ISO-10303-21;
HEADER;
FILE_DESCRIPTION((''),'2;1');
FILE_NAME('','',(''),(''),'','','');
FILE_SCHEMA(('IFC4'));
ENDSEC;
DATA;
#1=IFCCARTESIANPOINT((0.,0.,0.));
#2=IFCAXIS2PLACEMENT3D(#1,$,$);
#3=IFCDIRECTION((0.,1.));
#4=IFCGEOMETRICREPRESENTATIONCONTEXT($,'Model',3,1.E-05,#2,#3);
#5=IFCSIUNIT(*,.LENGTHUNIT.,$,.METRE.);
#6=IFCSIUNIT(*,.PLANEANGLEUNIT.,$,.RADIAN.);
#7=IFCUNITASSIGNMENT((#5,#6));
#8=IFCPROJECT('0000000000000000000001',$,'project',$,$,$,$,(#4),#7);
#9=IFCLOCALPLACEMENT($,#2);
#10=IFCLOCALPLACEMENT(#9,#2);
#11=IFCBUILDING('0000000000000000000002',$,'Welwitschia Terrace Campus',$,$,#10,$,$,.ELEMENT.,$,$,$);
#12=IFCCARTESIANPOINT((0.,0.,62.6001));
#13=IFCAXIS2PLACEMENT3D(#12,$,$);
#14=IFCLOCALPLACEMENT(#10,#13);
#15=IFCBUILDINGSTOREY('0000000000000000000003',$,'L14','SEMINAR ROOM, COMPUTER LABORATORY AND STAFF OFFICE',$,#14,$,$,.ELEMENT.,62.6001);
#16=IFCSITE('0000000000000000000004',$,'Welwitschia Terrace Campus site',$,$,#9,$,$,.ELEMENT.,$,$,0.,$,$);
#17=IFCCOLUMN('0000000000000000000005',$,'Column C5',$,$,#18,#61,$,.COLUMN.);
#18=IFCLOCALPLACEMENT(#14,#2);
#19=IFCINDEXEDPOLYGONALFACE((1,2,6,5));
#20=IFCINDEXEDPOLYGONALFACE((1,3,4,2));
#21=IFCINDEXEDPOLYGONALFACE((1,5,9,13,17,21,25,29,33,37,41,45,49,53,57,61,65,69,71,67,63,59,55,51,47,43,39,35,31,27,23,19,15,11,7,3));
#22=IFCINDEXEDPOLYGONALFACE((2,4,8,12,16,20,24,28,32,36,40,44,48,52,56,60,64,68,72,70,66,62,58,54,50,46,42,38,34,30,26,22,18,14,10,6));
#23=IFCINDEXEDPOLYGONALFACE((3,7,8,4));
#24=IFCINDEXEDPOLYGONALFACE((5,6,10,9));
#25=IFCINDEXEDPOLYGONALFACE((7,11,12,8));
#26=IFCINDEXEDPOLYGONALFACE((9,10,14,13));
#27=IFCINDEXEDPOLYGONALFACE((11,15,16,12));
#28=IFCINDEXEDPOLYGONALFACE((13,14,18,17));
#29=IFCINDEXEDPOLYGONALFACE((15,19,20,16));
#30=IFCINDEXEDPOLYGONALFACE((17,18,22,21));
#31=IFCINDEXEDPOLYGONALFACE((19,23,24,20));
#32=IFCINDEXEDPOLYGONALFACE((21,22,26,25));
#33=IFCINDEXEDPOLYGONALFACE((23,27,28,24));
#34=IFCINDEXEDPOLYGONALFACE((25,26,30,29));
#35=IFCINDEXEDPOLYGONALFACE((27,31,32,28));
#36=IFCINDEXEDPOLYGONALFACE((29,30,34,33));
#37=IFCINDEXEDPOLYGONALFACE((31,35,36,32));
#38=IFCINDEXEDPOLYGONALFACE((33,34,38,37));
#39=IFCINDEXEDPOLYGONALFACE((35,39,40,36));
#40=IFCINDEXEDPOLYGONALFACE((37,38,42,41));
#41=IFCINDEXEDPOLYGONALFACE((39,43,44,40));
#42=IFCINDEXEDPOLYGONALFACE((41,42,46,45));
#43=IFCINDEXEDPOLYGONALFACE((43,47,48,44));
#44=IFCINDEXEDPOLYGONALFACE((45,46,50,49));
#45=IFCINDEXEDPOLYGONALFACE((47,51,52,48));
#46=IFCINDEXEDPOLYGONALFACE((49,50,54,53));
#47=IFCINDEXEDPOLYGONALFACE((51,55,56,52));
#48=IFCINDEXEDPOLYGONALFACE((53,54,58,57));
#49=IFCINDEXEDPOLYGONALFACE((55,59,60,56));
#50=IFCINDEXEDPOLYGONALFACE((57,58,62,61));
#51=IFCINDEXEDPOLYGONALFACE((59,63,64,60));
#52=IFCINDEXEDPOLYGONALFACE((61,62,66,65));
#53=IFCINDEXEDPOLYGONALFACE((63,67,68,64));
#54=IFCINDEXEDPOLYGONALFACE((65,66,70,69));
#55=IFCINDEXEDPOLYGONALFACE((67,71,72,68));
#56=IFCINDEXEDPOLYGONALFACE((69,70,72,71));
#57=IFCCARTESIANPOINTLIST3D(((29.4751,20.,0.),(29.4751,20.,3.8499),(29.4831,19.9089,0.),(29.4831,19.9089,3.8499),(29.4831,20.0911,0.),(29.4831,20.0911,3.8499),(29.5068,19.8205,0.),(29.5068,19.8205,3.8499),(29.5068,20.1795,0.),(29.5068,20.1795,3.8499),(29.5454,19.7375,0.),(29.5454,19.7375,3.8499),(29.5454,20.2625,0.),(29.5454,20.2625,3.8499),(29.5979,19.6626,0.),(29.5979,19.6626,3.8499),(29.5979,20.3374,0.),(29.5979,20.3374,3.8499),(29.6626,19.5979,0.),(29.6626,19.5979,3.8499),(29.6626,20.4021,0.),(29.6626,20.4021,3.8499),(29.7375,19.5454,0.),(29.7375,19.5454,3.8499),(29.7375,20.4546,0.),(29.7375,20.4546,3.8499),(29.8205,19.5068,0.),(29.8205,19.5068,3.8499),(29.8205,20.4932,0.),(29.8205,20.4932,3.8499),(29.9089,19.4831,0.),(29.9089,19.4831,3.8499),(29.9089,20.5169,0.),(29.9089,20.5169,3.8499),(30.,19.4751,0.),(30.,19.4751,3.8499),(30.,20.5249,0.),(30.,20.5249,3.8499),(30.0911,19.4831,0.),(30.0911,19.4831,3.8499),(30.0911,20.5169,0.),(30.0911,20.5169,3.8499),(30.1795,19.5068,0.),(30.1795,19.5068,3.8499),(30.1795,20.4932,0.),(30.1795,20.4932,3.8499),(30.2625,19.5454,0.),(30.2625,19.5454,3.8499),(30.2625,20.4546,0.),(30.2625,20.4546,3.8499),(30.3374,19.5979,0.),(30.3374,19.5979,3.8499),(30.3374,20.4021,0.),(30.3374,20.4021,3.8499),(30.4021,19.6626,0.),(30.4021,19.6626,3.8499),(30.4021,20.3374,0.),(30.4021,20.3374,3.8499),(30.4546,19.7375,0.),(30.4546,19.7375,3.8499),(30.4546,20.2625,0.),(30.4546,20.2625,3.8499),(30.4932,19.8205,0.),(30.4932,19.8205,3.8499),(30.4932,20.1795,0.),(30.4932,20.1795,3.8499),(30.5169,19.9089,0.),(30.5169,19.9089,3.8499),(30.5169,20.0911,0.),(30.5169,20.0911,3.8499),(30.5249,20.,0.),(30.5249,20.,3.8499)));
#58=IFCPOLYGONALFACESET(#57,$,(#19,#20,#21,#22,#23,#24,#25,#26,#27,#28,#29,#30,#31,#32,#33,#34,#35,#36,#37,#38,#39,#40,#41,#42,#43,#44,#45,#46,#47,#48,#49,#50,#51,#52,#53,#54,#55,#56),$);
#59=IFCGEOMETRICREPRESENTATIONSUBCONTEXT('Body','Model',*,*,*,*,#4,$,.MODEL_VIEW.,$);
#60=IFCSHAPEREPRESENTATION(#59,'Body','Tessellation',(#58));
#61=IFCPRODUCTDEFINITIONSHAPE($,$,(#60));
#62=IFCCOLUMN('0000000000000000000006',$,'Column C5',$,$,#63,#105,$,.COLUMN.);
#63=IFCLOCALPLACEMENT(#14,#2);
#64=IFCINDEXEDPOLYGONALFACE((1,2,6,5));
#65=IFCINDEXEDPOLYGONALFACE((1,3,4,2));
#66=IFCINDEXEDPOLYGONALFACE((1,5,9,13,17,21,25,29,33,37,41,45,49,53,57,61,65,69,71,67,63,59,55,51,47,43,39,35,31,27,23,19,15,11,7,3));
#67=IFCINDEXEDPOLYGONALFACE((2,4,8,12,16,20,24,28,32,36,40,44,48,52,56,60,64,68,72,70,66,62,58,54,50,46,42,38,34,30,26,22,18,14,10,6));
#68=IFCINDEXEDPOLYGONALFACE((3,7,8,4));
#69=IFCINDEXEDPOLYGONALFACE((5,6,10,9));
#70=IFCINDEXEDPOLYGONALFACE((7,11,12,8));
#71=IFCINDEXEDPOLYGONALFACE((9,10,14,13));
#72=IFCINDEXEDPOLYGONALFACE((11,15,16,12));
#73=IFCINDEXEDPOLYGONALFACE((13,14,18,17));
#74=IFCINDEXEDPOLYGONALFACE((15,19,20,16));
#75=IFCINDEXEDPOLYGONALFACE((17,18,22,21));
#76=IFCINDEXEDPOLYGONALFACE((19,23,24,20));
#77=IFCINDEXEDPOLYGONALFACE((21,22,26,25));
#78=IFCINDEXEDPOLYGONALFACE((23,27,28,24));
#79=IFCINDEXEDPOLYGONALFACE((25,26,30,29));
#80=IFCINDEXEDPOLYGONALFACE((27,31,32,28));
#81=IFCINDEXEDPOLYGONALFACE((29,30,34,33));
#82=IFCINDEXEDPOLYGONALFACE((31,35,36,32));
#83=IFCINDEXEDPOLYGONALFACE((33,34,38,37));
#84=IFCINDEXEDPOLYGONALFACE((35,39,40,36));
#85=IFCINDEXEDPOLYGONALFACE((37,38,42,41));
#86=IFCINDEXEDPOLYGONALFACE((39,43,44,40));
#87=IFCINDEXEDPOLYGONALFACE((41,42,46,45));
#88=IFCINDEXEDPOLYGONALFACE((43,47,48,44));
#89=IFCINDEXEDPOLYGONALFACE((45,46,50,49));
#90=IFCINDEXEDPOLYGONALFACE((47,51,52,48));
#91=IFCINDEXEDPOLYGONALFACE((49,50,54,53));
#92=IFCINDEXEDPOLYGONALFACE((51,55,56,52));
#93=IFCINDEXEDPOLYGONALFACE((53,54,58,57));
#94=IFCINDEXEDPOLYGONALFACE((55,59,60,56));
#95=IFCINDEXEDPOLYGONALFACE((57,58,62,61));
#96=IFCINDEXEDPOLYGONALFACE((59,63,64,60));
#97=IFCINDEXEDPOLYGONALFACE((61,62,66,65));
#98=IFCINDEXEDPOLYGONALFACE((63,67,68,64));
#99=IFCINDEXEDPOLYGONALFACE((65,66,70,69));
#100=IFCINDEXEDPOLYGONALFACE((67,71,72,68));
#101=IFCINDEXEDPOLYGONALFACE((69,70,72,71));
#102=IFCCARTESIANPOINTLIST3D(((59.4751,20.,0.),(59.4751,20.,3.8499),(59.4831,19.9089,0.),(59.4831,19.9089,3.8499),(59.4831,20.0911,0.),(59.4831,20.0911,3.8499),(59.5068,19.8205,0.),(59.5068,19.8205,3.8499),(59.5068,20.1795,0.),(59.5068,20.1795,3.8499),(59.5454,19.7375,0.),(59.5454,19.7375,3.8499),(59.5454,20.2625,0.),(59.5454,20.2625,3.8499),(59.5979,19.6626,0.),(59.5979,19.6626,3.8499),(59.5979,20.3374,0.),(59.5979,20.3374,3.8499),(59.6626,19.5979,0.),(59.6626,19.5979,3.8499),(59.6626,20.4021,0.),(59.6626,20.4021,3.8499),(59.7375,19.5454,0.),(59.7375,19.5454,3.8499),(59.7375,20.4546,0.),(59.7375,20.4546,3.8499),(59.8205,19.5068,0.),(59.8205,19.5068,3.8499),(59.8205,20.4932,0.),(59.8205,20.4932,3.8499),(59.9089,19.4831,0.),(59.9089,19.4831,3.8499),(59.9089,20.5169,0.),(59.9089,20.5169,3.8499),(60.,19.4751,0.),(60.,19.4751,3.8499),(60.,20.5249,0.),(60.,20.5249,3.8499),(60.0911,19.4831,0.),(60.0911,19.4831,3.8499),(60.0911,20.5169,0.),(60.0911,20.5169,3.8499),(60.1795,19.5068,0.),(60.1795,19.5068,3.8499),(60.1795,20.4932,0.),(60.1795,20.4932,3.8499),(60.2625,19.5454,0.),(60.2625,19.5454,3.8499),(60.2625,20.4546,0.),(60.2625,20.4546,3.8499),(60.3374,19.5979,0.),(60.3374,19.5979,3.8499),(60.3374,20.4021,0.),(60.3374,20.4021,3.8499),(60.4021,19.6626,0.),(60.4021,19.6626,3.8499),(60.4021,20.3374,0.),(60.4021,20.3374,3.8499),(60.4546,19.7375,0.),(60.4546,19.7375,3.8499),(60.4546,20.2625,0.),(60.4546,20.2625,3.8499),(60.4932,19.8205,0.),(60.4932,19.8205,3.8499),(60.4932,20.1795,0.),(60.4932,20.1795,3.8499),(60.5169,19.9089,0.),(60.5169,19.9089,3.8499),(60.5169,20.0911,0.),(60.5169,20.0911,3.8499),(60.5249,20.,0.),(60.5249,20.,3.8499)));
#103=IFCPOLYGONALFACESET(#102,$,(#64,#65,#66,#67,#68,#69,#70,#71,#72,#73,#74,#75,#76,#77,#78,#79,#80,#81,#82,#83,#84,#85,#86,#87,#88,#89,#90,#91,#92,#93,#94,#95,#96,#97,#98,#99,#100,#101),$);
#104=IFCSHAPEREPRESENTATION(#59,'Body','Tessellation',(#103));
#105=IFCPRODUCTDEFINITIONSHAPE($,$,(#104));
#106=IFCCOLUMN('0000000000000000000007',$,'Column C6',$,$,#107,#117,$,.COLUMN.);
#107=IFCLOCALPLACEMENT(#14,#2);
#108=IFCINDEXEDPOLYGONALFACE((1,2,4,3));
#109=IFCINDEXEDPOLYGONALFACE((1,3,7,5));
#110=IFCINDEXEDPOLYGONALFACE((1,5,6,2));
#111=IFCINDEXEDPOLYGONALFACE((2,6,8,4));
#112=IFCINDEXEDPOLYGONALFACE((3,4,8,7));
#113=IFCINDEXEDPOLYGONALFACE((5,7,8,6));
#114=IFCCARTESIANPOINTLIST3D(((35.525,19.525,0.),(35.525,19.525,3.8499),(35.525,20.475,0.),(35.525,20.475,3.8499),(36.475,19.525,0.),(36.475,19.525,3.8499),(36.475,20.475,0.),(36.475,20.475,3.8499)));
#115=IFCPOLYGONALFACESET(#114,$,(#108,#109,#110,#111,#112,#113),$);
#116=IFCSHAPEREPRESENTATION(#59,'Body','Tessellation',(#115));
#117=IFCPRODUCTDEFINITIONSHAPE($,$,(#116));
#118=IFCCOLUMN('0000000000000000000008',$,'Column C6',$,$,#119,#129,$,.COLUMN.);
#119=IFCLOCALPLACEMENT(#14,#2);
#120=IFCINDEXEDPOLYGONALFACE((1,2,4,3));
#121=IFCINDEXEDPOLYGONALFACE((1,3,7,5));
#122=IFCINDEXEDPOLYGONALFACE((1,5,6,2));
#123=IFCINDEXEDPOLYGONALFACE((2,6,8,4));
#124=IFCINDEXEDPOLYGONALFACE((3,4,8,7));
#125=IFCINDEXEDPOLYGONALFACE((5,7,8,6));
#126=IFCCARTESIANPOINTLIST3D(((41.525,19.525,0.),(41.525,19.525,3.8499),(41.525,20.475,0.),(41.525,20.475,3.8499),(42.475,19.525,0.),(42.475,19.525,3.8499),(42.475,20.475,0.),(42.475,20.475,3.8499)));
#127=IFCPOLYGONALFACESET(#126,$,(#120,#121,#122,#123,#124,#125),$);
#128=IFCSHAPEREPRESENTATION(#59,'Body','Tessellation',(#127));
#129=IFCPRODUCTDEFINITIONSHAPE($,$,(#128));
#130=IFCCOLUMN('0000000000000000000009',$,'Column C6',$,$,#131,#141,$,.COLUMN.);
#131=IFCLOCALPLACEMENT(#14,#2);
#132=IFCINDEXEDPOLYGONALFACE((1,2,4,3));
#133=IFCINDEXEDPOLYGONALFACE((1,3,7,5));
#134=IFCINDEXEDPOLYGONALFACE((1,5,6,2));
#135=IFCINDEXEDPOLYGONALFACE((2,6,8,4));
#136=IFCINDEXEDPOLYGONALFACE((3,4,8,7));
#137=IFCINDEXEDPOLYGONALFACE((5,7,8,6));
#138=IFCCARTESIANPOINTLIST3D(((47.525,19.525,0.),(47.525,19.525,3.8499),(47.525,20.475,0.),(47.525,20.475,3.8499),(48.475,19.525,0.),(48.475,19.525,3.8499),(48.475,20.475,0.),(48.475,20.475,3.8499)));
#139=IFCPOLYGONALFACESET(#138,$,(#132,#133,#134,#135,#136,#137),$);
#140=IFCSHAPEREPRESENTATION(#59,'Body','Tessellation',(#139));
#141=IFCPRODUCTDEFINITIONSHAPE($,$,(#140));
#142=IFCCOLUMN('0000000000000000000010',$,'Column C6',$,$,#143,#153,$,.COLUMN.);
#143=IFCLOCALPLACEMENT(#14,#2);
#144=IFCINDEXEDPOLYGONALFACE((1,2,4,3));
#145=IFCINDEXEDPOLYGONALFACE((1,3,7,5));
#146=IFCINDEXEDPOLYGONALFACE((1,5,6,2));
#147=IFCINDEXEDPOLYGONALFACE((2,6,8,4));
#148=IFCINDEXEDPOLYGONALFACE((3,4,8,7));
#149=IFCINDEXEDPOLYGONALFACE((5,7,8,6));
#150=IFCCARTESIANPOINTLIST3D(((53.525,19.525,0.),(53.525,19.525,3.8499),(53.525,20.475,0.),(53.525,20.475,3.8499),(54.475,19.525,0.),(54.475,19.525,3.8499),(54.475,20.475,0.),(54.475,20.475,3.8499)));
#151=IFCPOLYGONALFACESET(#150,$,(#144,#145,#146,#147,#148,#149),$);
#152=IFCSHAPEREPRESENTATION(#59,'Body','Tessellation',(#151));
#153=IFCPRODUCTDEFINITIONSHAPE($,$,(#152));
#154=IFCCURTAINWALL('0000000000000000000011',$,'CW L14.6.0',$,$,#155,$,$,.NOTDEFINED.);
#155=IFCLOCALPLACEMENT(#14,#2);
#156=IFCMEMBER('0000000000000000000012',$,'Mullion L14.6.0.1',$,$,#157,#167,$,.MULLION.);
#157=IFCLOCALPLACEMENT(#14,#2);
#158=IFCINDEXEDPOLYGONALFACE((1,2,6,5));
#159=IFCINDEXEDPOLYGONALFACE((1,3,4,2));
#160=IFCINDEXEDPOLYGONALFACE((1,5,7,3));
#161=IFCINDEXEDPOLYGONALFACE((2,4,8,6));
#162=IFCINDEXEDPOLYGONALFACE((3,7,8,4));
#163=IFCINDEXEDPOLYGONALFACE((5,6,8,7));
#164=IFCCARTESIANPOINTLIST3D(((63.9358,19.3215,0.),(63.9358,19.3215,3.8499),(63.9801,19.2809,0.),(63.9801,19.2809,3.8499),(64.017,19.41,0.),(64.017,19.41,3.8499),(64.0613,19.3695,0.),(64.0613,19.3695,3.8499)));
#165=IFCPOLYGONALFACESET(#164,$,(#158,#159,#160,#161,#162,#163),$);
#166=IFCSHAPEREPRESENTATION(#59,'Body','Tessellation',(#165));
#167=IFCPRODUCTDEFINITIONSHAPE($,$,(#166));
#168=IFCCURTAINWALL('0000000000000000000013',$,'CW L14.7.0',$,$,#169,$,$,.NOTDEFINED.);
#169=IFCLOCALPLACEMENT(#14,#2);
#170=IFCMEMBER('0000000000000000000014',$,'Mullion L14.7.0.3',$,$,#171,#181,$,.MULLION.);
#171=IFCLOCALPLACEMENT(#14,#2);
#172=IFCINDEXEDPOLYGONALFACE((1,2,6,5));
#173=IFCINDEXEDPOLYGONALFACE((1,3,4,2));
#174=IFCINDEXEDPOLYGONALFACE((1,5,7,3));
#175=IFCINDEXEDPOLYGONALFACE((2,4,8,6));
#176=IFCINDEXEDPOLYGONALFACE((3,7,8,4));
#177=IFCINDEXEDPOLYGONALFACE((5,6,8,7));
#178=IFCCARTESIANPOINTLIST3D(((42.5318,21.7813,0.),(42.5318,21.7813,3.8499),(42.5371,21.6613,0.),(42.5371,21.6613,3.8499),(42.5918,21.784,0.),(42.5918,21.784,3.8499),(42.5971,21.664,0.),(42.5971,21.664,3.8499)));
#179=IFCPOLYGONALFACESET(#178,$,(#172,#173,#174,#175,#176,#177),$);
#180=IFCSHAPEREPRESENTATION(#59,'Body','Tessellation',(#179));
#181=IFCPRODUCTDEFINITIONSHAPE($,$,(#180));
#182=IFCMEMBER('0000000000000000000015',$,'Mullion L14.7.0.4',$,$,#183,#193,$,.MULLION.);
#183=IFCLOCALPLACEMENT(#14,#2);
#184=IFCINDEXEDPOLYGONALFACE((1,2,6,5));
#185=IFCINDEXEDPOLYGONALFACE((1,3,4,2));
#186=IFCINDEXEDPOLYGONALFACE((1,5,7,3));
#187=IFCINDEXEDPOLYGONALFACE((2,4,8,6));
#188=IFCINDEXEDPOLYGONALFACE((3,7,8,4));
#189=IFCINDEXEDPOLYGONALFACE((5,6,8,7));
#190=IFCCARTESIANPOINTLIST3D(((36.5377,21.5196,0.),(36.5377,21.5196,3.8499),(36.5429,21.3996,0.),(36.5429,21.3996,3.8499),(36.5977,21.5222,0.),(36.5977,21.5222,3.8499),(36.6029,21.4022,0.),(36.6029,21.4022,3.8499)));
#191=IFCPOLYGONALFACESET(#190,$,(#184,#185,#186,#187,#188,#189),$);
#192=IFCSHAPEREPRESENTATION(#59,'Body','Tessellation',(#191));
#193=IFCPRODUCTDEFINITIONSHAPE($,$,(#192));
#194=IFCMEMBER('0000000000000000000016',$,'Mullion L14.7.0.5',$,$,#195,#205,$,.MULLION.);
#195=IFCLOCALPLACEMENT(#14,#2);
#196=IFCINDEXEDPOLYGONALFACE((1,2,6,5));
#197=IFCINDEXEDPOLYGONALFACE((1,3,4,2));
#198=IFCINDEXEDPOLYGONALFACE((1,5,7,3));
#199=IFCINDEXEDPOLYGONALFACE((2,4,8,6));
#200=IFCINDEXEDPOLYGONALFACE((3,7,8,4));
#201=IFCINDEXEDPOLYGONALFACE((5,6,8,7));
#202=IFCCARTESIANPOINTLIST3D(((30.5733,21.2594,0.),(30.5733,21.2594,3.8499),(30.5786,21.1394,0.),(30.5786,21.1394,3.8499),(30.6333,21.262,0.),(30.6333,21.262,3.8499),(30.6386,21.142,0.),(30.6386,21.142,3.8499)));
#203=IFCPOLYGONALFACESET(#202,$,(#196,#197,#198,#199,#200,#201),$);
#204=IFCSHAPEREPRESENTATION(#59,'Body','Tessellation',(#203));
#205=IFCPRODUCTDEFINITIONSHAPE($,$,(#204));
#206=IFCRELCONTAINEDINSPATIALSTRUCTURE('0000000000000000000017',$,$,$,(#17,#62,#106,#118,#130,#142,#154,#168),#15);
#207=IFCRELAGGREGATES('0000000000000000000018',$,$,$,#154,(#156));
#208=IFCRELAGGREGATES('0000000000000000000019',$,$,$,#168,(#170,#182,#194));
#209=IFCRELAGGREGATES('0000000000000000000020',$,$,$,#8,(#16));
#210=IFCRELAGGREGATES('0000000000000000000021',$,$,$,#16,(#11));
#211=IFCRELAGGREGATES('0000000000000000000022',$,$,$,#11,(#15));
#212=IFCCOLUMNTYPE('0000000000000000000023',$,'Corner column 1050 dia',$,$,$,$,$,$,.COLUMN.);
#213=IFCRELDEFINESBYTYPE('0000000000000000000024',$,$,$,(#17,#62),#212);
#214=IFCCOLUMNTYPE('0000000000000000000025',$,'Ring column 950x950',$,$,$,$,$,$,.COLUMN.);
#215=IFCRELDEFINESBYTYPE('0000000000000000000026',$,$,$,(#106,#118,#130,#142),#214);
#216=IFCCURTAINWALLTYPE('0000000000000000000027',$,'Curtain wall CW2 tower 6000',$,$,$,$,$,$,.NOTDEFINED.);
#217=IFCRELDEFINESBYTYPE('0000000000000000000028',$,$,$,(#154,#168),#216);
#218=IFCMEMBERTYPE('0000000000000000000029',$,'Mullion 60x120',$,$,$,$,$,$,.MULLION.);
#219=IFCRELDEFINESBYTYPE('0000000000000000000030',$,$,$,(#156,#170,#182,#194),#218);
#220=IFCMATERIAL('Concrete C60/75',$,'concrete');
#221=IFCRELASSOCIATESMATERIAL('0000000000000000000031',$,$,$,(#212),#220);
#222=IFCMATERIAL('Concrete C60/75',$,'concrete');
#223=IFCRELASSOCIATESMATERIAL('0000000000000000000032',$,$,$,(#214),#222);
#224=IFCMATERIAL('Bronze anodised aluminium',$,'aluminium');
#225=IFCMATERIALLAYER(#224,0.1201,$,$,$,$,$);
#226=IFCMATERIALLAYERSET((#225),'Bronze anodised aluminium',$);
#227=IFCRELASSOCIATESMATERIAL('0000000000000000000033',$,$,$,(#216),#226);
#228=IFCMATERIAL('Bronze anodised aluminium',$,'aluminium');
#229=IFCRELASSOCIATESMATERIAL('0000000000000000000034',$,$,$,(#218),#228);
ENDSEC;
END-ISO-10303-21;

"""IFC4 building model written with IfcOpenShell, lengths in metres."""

from ifc_helpers import new_model, si_unit, direction, frame, origin, origin_2d, place, context, subcontext, project, spatial, rectangle, circle, extrude, material, layer, layer_set, material_profile, profile_set, type_object, element, aggregate, save


model = new_model("IFC4")

# Units and contexts
model_context = context("Model", 3, precision=1e-05, world=origin(), true_north=direction((0.0, 1.0)))
body_context = subcontext(model_context, "Body", "Model", "MODEL_VIEW")
ifc_project = project(units=[si_unit("LENGTHUNIT", "METRE"), si_unit("PLANEANGLEUNIT", "RADIAN")], contexts=[model_context])

# Site, building, storey
site_placement = place(None, origin())
site = spatial("IfcSite", under=ifc_project, at=site_placement, Name="Welwitschia Terrace Campus site", CompositionType="ELEMENT", RefElevation=0.0)
building_placement = place(site_placement, origin())
building = spatial("IfcBuilding", under=site, at=building_placement, Name="Welwitschia Terrace Campus", CompositionType="ELEMENT")
storey_placement = place(building_placement, frame((0.0, 0.0, 62.6001)))
storey = spatial("IfcBuildingStorey", under=building, at=storey_placement, Name="L14", Description="SEMINAR ROOM, COMPUTER LABORATORY AND STAFF OFFICE", CompositionType="ELEMENT", Elevation=62.6001)

# Columns
ifc_material_1 = material(Name="Concrete C60/75", Category="concrete")
ifc_material_profile_1 = material_profile(ifc_material_1, circle(Radius=0.5249, at=origin_2d()))
ifc_profile_set_1 = profile_set([ifc_material_profile_1], Name="Concrete C60/75")
column_type_1 = type_object("IfcColumnType", Name="Corner column 1050 dia", PredefinedType="COLUMN", material=ifc_profile_set_1)
for number, where, z_axis, x_axis, name in (
    (1, (30.0, 20.0, 0.0), (0.0, 0.0, 1.0), (1.0, 0.0, 0.0), "Column C5"),
    (2, (60.0, 20.0, 0.0), (0.0, 0.0, 1.0), (1.0, 0.0, 0.0), "Column C5"),
):
    element("IfcColumn", number, at=place(storey_placement, frame(where, z_axis=z_axis, x_axis=x_axis)), inside=storey, type_object=column_type_1, Name=name, PredefinedType="COLUMN", context=body_context, shape_type="SweptSolid", body=[
        extrude(circle(Radius=0.5249, at=origin_2d()), origin(), (0.0, 0.0, 1.0), 3.8499),
    ])
ifc_material_2 = material(Name="Concrete C60/75", Category="concrete")
ifc_material_profile_2 = material_profile(ifc_material_2, rectangle(XDim=0.95, YDim=0.95, at=origin_2d()))
ifc_profile_set_2 = profile_set([ifc_material_profile_2], Name="Concrete C60/75")
column_type_2 = type_object("IfcColumnType", Name="Ring column 950x950", PredefinedType="COLUMN", material=ifc_profile_set_2)
for number, where, z_axis, x_axis, name in (
    (3, (36.0, 20.0, 0.0), (0.0, 0.0, 1.0), (1.0, 0.0, 0.0), "Column C6"),
    (4, (42.0, 20.0, 0.0), (0.0, 0.0, 1.0), (1.0, 0.0, 0.0), "Column C6"),
    (5, (48.0, 20.0, 0.0), (0.0, 0.0, 1.0), (1.0, 0.0, 0.0), "Column C6"),
    (6, (54.0, 20.0, 0.0), (0.0, 0.0, 1.0), (1.0, 0.0, 0.0), "Column C6"),
):
    element("IfcColumn", number, at=place(storey_placement, frame(where, z_axis=z_axis, x_axis=x_axis)), inside=storey, type_object=column_type_2, Name=name, PredefinedType="COLUMN", context=body_context, shape_type="SweptSolid", body=[
        extrude(rectangle(XDim=0.95, YDim=0.95, at=origin_2d()), origin(), (0.0, 0.0, 1.0), 3.8499),
    ])

# Curtain wall, member
ifc_material_3 = material(Name="Bronze anodised aluminium", Category="aluminium")
ifc_layer_1 = layer(ifc_material_3, 0.1201)
ifc_layer_set_1 = layer_set([ifc_layer_1], Name="Bronze anodised aluminium")
curtain_wall_type = type_object("IfcCurtainWallType", Name="Curtain wall CW2 tower 6000", PredefinedType="NOTDEFINED", material=ifc_layer_set_1)
curtain_wall_1_placement = place(storey_placement, origin())
curtain_wall_1 = element("IfcCurtainWall", 7, at=curtain_wall_1_placement, inside=storey, type_object=curtain_wall_type, Name="CW L14.6.0", PredefinedType="NOTDEFINED")
ifc_material_4 = material(Name="Bronze anodised aluminium", Category="aluminium")
ifc_material_profile_3 = material_profile(ifc_material_4, rectangle(XDim=0.1201, YDim=0.0601, at=origin_2d()))
ifc_profile_set_3 = profile_set([ifc_material_profile_3], Name="Bronze anodised aluminium")
member_type_1 = type_object("IfcMemberType", Name="Mullion 60x120", PredefinedType="MULLION", material=ifc_profile_set_3)
member_1_placement = place(storey_placement, frame((63.9985, 19.3455, 0.0), z_axis=(0.0, 0.0, 1.0), x_axis=(-0.67559, -0.737277, 0.0)))
member_1 = element("IfcMember", 8, at=member_1_placement, type_object=member_type_1, Name="Mullion L14.6.0.1", PredefinedType="MULLION", context=body_context, shape_type="SweptSolid", body=[
    extrude(rectangle(XDim=0.1201, YDim=0.0601, at=origin_2d()), origin(), (0.0, 0.0, 1.0), 3.8499),
])

# Curtain wall, members
curtain_wall_2_placement = place(storey_placement, origin())
curtain_wall_2 = element("IfcCurtainWall", 9, at=curtain_wall_2_placement, inside=storey, type_object=curtain_wall_type, Name="CW L14.7.0", PredefinedType="NOTDEFINED")
member_2_placement = place(storey_placement, frame((42.5645, 21.7227, 0.0), z_axis=(0.0, 0.0, 1.0), x_axis=(0.043619, -0.999048, 0.0)))
member_2 = element("IfcMember", 10, at=member_2_placement, type_object=member_type_1, Name="Mullion L14.7.0.3", PredefinedType="MULLION", context=body_context, shape_type="SweptSolid", body=[
    extrude(rectangle(XDim=0.1201, YDim=0.0601, at=origin_2d()), origin(), (0.0, 0.0, 1.0), 3.8499),
])
member_3_placement = place(storey_placement, frame((36.5703, 21.4609, 0.0), z_axis=(0.0, 0.0, 1.0), x_axis=(0.043619, -0.999048, 0.0)))
member_3 = element("IfcMember", 11, at=member_3_placement, type_object=member_type_1, Name="Mullion L14.7.0.4", PredefinedType="MULLION", context=body_context, shape_type="SweptSolid", body=[
    extrude(rectangle(XDim=0.1201, YDim=0.0601, at=origin_2d()), origin(), (0.0, 0.0, 1.0), 3.8499),
])
member_4_placement = place(storey_placement, frame((30.606, 21.2007, 0.0), z_axis=(0.0, 0.0, 1.0), x_axis=(0.043619, -0.999048, 0.0)))
member_4 = element("IfcMember", 12, at=member_4_placement, type_object=member_type_1, Name="Mullion L14.7.0.5", PredefinedType="MULLION", context=body_context, shape_type="SweptSolid", body=[
    extrude(rectangle(XDim=0.1201, YDim=0.0601, at=origin_2d()), origin(), (0.0, 0.0, 1.0), 3.8499),
])

aggregate(curtain_wall_1, [member_1])
aggregate(curtain_wall_2, [member_2, member_3, member_4])

save(model, "model.ifc")
